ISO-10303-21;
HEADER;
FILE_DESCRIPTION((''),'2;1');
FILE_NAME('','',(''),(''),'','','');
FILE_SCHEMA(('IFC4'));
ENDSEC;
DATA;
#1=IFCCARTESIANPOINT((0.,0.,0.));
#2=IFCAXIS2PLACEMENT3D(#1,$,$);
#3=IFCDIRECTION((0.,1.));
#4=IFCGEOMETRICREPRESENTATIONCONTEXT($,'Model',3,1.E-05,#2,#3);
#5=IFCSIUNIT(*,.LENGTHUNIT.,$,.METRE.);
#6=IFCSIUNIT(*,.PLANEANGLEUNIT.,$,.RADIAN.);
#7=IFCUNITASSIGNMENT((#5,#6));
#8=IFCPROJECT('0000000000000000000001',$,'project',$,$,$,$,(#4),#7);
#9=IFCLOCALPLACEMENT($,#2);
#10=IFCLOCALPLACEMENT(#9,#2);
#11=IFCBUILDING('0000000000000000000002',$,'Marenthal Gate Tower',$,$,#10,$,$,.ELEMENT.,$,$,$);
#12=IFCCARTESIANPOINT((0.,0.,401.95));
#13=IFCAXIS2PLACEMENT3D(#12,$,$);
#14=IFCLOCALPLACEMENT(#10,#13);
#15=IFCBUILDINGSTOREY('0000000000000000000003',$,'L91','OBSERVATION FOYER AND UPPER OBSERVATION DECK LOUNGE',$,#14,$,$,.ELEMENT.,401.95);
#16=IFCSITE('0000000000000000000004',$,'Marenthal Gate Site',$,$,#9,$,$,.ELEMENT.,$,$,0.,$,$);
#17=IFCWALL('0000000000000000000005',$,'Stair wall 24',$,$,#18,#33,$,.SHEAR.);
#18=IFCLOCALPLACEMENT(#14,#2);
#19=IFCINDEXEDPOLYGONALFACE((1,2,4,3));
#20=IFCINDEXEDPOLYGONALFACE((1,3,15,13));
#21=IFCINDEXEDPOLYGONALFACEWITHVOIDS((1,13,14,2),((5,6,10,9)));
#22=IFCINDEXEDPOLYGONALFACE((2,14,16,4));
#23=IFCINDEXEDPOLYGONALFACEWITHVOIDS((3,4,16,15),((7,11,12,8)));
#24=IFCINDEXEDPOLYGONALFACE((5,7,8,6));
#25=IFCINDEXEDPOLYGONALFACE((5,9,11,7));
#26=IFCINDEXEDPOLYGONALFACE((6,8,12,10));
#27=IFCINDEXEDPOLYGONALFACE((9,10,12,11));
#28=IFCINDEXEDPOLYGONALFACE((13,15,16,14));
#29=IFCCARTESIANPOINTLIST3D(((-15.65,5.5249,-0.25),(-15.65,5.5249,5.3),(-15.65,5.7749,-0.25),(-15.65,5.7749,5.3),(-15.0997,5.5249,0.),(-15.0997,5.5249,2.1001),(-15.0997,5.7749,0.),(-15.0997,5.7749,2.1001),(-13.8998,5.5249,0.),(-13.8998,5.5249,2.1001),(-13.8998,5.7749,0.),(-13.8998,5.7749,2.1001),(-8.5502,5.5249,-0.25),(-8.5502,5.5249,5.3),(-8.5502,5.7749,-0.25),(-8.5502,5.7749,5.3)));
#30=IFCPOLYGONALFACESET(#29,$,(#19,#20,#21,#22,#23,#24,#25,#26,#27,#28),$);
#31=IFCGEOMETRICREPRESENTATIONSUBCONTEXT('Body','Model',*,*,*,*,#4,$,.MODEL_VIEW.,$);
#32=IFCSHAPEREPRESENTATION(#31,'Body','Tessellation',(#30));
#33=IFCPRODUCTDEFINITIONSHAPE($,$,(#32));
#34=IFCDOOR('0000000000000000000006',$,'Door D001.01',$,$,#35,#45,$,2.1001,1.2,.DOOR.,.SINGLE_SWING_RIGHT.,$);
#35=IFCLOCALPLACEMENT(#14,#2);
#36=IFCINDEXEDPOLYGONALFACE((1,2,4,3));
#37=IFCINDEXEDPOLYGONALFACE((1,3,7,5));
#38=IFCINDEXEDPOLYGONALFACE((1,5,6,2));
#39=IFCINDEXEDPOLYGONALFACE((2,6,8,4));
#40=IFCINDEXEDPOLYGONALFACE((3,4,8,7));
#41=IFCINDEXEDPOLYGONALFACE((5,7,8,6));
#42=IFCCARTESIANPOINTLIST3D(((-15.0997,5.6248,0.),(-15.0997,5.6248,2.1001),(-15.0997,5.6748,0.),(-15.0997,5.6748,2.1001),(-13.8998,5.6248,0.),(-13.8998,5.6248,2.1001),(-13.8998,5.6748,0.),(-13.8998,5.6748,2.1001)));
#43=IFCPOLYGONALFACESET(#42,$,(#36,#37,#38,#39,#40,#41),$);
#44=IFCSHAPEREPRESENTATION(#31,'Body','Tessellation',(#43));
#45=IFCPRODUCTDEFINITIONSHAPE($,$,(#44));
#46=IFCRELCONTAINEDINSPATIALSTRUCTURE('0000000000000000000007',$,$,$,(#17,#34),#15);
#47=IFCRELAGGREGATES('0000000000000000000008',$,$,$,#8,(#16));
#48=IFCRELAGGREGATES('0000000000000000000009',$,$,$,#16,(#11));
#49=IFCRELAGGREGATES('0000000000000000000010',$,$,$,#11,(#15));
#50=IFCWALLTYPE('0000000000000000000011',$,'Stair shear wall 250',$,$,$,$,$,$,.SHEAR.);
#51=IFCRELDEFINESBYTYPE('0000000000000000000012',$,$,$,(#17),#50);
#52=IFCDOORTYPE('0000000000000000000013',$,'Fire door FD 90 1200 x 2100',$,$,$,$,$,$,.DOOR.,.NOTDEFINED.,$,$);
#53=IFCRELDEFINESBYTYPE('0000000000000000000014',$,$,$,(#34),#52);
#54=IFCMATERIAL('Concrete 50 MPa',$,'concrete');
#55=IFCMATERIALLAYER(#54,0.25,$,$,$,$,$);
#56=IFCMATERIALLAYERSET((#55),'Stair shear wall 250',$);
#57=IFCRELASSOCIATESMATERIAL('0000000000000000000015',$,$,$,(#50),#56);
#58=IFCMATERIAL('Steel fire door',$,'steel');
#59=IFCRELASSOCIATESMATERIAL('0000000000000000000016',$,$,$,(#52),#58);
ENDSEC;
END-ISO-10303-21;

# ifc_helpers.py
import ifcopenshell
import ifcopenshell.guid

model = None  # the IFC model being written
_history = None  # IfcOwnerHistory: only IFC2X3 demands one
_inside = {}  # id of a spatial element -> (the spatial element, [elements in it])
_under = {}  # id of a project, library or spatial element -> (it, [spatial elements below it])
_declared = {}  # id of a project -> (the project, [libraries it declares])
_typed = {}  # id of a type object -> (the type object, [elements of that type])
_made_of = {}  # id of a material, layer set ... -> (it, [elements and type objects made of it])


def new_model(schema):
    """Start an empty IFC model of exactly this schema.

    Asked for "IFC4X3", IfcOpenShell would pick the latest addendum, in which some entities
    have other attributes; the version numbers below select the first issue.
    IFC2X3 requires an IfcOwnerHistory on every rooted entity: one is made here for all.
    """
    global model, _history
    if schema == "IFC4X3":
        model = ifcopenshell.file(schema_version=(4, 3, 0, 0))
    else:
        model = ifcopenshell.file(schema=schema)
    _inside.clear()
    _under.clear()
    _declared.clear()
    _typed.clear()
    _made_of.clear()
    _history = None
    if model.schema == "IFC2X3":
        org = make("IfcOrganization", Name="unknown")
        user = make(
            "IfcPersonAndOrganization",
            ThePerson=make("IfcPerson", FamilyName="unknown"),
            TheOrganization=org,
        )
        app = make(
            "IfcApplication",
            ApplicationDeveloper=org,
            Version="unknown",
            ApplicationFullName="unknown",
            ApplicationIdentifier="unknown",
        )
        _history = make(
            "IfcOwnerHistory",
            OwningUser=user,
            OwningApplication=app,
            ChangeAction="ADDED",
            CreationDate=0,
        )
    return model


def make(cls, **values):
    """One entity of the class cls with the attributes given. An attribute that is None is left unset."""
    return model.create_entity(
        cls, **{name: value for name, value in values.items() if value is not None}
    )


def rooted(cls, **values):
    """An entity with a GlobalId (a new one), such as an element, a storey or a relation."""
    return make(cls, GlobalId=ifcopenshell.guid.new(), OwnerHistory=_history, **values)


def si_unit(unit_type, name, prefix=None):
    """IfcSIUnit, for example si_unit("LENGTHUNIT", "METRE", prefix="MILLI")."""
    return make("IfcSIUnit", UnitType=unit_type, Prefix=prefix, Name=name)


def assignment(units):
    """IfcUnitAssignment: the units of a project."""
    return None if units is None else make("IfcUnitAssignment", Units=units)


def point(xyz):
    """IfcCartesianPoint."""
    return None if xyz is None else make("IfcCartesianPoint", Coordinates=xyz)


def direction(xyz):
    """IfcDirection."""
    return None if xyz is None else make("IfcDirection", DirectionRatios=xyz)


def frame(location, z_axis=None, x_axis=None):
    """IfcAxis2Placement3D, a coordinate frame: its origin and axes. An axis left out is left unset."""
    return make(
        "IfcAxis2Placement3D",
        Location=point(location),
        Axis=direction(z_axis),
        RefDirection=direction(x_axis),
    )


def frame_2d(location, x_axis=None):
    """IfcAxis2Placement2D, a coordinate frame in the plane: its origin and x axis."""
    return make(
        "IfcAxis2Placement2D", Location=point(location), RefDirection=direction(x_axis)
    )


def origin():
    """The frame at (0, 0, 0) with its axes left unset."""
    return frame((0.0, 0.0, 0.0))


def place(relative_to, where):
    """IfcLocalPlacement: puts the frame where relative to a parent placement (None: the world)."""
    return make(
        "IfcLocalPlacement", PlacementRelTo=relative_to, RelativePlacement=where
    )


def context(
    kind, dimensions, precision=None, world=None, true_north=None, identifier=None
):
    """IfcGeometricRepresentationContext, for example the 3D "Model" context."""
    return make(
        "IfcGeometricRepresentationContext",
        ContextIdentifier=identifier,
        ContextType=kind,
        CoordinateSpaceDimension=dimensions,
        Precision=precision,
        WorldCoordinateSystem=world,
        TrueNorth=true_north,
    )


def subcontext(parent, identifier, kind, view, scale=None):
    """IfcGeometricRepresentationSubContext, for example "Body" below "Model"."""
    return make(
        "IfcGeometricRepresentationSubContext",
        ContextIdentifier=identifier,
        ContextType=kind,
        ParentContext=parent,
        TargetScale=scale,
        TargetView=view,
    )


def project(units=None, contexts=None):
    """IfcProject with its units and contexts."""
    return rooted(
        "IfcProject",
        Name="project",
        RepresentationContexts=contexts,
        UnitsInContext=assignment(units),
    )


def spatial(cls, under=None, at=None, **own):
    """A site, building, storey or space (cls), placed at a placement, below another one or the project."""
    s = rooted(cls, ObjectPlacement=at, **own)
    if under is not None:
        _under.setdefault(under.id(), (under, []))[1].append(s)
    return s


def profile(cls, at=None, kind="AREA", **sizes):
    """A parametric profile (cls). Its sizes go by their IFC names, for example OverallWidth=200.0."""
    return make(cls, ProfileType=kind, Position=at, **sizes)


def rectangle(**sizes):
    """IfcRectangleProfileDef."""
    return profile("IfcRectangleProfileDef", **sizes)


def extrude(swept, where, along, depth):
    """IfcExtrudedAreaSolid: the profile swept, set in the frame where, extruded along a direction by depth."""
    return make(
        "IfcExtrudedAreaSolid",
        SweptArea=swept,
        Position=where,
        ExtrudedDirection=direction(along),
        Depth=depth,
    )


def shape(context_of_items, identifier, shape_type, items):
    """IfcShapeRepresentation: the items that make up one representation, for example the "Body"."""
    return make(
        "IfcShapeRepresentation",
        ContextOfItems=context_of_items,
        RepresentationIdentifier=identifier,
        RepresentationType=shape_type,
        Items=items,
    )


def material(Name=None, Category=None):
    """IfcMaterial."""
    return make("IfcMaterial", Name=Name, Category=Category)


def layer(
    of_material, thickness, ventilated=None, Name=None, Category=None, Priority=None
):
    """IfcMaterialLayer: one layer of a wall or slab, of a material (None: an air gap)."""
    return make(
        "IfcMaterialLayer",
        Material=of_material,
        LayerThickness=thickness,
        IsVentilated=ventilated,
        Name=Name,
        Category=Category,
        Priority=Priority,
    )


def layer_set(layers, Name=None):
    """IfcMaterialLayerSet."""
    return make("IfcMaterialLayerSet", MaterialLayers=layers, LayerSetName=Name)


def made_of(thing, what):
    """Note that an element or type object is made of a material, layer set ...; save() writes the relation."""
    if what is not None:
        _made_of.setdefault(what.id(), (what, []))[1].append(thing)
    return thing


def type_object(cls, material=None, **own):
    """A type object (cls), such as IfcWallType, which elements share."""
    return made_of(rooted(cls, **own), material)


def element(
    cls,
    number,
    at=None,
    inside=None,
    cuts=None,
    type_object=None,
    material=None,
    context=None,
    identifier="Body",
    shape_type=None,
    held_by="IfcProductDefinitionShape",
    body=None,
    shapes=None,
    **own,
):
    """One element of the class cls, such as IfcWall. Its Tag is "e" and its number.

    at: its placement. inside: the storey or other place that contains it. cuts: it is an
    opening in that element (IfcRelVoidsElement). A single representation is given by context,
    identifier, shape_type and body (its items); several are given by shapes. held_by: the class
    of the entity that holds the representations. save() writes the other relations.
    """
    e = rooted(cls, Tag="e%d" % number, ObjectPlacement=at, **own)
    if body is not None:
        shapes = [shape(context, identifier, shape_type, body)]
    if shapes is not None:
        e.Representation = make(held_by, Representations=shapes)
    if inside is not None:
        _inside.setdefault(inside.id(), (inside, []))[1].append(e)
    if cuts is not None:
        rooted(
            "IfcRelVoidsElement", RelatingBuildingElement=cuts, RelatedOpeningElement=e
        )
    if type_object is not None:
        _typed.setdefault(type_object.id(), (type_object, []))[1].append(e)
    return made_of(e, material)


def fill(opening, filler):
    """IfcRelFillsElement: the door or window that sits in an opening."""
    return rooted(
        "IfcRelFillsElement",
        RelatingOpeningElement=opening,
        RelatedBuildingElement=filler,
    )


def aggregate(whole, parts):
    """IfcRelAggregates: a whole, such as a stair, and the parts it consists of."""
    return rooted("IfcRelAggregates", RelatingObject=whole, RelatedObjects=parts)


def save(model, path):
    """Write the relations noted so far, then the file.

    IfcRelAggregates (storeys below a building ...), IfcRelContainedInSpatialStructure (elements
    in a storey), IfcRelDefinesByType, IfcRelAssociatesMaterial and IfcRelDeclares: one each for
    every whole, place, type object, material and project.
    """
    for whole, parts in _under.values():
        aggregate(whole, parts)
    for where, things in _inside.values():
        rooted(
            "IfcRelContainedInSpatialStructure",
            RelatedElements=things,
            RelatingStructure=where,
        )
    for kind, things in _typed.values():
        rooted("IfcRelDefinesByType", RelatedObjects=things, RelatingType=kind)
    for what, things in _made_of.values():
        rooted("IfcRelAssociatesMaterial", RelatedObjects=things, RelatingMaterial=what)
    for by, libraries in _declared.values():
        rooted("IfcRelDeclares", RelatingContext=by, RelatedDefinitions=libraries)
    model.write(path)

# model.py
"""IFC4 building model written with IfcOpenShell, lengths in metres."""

from ifc_helpers import new_model, si_unit, direction, frame, frame_2d, origin, place, context, subcontext, project, spatial, rectangle, extrude, material, layer, layer_set, type_object, element, fill, save


model = new_model("IFC4")

# Units and contexts
model_context = context("Model", 3, precision=1e-05, world=origin(), true_north=direction((0.0, 1.0)))
body_context = subcontext(model_context, "Body", "Model", "MODEL_VIEW")
ifc_project = project(units=[si_unit("LENGTHUNIT", "METRE"), si_unit("PLANEANGLEUNIT", "RADIAN")], contexts=[model_context])

# Site, building, storey
site_placement = place(None, origin())
site = spatial("IfcSite", under=ifc_project, at=site_placement, Name="Marenthal Gate Site", CompositionType="ELEMENT", RefElevation=0.0)
building_placement = place(site_placement, origin())
building = spatial("IfcBuilding", under=site, at=building_placement, Name="Marenthal Gate Tower", CompositionType="ELEMENT")
storey_placement = place(building_placement, frame((0.0, 0.0, 401.95)))
storey = spatial("IfcBuildingStorey", under=building, at=storey_placement, Name="L91", Description="OBSERVATION FOYER AND UPPER OBSERVATION DECK LOUNGE", CompositionType="ELEMENT", Elevation=401.95)

# Wall, opening, door
ifc_material_1 = material(Name="Concrete 50 MPa", Category="concrete")
ifc_layer_1 = layer(ifc_material_1, 0.25)
ifc_layer_set_1 = layer_set([ifc_layer_1], Name="Stair shear wall 250")
wall_type_1 = type_object("IfcWallType", Name="Stair shear wall 250", PredefinedType="SHEAR", material=ifc_layer_set_1)
wall_1_placement = place(storey_placement, frame((-15.6499, 5.6499, -0.25), z_axis=(0.0, 0.0, 1.0), x_axis=(1.0, 0.0, 0.0)))
wall_1 = element("IfcWall", 1, at=wall_1_placement, inside=storey, type_object=wall_type_1, Name="Stair wall 24", PredefinedType="SHEAR", context=body_context, shape_type="SweptSolid", body=[
    extrude(rectangle(XDim=7.0999, YDim=0.25, at=frame_2d((3.5498, 0.0))), origin(), (0.0, 0.0, 1.0), 5.55),
])
opening_placement = place(wall_1_placement, frame((0.55, 0.0, 0.25)))
opening = element("IfcOpeningElement", 2, at=opening_placement, cuts=wall_1, PredefinedType="OPENING", context=body_context, shape_type="SweptSolid", body=[
    extrude(rectangle(XDim=1.2, YDim=2.1001, at=frame_2d((0.6001, 1.05))), frame((0.0, 0.135, 0.0), z_axis=(0.0, -1.0, 0.0), x_axis=(1.0, 0.0, 0.0)), (0.0, 0.0, 1.0), 0.27),
])
ifc_material_2 = material(Name="Steel fire door", Category="steel")
door_type = type_object("IfcDoorType", Name="Fire door FD 90 1200 x 2100", OperationType="NOTDEFINED", PredefinedType="DOOR", material=ifc_material_2)
door_placement = place(opening_placement, origin())
door = element("IfcDoor", 3, at=door_placement, inside=storey, type_object=door_type, Name="Door D001.01", OperationType="SINGLE_SWING_RIGHT", OverallHeight=2.1001, OverallWidth=1.2, PredefinedType="DOOR", context=body_context, shape_type="SweptSolid", body=[
    extrude(rectangle(XDim=1.2, YDim=2.1001, at=frame_2d((0.6001, 1.05))), frame((0.0, 0.0249, 0.0), z_axis=(0.0, -1.0, 0.0), x_axis=(1.0, 0.0, 0.0)), (0.0, 0.0, 1.0), 0.05),
])
fill(opening, door)

save(model, "model.ifc")
